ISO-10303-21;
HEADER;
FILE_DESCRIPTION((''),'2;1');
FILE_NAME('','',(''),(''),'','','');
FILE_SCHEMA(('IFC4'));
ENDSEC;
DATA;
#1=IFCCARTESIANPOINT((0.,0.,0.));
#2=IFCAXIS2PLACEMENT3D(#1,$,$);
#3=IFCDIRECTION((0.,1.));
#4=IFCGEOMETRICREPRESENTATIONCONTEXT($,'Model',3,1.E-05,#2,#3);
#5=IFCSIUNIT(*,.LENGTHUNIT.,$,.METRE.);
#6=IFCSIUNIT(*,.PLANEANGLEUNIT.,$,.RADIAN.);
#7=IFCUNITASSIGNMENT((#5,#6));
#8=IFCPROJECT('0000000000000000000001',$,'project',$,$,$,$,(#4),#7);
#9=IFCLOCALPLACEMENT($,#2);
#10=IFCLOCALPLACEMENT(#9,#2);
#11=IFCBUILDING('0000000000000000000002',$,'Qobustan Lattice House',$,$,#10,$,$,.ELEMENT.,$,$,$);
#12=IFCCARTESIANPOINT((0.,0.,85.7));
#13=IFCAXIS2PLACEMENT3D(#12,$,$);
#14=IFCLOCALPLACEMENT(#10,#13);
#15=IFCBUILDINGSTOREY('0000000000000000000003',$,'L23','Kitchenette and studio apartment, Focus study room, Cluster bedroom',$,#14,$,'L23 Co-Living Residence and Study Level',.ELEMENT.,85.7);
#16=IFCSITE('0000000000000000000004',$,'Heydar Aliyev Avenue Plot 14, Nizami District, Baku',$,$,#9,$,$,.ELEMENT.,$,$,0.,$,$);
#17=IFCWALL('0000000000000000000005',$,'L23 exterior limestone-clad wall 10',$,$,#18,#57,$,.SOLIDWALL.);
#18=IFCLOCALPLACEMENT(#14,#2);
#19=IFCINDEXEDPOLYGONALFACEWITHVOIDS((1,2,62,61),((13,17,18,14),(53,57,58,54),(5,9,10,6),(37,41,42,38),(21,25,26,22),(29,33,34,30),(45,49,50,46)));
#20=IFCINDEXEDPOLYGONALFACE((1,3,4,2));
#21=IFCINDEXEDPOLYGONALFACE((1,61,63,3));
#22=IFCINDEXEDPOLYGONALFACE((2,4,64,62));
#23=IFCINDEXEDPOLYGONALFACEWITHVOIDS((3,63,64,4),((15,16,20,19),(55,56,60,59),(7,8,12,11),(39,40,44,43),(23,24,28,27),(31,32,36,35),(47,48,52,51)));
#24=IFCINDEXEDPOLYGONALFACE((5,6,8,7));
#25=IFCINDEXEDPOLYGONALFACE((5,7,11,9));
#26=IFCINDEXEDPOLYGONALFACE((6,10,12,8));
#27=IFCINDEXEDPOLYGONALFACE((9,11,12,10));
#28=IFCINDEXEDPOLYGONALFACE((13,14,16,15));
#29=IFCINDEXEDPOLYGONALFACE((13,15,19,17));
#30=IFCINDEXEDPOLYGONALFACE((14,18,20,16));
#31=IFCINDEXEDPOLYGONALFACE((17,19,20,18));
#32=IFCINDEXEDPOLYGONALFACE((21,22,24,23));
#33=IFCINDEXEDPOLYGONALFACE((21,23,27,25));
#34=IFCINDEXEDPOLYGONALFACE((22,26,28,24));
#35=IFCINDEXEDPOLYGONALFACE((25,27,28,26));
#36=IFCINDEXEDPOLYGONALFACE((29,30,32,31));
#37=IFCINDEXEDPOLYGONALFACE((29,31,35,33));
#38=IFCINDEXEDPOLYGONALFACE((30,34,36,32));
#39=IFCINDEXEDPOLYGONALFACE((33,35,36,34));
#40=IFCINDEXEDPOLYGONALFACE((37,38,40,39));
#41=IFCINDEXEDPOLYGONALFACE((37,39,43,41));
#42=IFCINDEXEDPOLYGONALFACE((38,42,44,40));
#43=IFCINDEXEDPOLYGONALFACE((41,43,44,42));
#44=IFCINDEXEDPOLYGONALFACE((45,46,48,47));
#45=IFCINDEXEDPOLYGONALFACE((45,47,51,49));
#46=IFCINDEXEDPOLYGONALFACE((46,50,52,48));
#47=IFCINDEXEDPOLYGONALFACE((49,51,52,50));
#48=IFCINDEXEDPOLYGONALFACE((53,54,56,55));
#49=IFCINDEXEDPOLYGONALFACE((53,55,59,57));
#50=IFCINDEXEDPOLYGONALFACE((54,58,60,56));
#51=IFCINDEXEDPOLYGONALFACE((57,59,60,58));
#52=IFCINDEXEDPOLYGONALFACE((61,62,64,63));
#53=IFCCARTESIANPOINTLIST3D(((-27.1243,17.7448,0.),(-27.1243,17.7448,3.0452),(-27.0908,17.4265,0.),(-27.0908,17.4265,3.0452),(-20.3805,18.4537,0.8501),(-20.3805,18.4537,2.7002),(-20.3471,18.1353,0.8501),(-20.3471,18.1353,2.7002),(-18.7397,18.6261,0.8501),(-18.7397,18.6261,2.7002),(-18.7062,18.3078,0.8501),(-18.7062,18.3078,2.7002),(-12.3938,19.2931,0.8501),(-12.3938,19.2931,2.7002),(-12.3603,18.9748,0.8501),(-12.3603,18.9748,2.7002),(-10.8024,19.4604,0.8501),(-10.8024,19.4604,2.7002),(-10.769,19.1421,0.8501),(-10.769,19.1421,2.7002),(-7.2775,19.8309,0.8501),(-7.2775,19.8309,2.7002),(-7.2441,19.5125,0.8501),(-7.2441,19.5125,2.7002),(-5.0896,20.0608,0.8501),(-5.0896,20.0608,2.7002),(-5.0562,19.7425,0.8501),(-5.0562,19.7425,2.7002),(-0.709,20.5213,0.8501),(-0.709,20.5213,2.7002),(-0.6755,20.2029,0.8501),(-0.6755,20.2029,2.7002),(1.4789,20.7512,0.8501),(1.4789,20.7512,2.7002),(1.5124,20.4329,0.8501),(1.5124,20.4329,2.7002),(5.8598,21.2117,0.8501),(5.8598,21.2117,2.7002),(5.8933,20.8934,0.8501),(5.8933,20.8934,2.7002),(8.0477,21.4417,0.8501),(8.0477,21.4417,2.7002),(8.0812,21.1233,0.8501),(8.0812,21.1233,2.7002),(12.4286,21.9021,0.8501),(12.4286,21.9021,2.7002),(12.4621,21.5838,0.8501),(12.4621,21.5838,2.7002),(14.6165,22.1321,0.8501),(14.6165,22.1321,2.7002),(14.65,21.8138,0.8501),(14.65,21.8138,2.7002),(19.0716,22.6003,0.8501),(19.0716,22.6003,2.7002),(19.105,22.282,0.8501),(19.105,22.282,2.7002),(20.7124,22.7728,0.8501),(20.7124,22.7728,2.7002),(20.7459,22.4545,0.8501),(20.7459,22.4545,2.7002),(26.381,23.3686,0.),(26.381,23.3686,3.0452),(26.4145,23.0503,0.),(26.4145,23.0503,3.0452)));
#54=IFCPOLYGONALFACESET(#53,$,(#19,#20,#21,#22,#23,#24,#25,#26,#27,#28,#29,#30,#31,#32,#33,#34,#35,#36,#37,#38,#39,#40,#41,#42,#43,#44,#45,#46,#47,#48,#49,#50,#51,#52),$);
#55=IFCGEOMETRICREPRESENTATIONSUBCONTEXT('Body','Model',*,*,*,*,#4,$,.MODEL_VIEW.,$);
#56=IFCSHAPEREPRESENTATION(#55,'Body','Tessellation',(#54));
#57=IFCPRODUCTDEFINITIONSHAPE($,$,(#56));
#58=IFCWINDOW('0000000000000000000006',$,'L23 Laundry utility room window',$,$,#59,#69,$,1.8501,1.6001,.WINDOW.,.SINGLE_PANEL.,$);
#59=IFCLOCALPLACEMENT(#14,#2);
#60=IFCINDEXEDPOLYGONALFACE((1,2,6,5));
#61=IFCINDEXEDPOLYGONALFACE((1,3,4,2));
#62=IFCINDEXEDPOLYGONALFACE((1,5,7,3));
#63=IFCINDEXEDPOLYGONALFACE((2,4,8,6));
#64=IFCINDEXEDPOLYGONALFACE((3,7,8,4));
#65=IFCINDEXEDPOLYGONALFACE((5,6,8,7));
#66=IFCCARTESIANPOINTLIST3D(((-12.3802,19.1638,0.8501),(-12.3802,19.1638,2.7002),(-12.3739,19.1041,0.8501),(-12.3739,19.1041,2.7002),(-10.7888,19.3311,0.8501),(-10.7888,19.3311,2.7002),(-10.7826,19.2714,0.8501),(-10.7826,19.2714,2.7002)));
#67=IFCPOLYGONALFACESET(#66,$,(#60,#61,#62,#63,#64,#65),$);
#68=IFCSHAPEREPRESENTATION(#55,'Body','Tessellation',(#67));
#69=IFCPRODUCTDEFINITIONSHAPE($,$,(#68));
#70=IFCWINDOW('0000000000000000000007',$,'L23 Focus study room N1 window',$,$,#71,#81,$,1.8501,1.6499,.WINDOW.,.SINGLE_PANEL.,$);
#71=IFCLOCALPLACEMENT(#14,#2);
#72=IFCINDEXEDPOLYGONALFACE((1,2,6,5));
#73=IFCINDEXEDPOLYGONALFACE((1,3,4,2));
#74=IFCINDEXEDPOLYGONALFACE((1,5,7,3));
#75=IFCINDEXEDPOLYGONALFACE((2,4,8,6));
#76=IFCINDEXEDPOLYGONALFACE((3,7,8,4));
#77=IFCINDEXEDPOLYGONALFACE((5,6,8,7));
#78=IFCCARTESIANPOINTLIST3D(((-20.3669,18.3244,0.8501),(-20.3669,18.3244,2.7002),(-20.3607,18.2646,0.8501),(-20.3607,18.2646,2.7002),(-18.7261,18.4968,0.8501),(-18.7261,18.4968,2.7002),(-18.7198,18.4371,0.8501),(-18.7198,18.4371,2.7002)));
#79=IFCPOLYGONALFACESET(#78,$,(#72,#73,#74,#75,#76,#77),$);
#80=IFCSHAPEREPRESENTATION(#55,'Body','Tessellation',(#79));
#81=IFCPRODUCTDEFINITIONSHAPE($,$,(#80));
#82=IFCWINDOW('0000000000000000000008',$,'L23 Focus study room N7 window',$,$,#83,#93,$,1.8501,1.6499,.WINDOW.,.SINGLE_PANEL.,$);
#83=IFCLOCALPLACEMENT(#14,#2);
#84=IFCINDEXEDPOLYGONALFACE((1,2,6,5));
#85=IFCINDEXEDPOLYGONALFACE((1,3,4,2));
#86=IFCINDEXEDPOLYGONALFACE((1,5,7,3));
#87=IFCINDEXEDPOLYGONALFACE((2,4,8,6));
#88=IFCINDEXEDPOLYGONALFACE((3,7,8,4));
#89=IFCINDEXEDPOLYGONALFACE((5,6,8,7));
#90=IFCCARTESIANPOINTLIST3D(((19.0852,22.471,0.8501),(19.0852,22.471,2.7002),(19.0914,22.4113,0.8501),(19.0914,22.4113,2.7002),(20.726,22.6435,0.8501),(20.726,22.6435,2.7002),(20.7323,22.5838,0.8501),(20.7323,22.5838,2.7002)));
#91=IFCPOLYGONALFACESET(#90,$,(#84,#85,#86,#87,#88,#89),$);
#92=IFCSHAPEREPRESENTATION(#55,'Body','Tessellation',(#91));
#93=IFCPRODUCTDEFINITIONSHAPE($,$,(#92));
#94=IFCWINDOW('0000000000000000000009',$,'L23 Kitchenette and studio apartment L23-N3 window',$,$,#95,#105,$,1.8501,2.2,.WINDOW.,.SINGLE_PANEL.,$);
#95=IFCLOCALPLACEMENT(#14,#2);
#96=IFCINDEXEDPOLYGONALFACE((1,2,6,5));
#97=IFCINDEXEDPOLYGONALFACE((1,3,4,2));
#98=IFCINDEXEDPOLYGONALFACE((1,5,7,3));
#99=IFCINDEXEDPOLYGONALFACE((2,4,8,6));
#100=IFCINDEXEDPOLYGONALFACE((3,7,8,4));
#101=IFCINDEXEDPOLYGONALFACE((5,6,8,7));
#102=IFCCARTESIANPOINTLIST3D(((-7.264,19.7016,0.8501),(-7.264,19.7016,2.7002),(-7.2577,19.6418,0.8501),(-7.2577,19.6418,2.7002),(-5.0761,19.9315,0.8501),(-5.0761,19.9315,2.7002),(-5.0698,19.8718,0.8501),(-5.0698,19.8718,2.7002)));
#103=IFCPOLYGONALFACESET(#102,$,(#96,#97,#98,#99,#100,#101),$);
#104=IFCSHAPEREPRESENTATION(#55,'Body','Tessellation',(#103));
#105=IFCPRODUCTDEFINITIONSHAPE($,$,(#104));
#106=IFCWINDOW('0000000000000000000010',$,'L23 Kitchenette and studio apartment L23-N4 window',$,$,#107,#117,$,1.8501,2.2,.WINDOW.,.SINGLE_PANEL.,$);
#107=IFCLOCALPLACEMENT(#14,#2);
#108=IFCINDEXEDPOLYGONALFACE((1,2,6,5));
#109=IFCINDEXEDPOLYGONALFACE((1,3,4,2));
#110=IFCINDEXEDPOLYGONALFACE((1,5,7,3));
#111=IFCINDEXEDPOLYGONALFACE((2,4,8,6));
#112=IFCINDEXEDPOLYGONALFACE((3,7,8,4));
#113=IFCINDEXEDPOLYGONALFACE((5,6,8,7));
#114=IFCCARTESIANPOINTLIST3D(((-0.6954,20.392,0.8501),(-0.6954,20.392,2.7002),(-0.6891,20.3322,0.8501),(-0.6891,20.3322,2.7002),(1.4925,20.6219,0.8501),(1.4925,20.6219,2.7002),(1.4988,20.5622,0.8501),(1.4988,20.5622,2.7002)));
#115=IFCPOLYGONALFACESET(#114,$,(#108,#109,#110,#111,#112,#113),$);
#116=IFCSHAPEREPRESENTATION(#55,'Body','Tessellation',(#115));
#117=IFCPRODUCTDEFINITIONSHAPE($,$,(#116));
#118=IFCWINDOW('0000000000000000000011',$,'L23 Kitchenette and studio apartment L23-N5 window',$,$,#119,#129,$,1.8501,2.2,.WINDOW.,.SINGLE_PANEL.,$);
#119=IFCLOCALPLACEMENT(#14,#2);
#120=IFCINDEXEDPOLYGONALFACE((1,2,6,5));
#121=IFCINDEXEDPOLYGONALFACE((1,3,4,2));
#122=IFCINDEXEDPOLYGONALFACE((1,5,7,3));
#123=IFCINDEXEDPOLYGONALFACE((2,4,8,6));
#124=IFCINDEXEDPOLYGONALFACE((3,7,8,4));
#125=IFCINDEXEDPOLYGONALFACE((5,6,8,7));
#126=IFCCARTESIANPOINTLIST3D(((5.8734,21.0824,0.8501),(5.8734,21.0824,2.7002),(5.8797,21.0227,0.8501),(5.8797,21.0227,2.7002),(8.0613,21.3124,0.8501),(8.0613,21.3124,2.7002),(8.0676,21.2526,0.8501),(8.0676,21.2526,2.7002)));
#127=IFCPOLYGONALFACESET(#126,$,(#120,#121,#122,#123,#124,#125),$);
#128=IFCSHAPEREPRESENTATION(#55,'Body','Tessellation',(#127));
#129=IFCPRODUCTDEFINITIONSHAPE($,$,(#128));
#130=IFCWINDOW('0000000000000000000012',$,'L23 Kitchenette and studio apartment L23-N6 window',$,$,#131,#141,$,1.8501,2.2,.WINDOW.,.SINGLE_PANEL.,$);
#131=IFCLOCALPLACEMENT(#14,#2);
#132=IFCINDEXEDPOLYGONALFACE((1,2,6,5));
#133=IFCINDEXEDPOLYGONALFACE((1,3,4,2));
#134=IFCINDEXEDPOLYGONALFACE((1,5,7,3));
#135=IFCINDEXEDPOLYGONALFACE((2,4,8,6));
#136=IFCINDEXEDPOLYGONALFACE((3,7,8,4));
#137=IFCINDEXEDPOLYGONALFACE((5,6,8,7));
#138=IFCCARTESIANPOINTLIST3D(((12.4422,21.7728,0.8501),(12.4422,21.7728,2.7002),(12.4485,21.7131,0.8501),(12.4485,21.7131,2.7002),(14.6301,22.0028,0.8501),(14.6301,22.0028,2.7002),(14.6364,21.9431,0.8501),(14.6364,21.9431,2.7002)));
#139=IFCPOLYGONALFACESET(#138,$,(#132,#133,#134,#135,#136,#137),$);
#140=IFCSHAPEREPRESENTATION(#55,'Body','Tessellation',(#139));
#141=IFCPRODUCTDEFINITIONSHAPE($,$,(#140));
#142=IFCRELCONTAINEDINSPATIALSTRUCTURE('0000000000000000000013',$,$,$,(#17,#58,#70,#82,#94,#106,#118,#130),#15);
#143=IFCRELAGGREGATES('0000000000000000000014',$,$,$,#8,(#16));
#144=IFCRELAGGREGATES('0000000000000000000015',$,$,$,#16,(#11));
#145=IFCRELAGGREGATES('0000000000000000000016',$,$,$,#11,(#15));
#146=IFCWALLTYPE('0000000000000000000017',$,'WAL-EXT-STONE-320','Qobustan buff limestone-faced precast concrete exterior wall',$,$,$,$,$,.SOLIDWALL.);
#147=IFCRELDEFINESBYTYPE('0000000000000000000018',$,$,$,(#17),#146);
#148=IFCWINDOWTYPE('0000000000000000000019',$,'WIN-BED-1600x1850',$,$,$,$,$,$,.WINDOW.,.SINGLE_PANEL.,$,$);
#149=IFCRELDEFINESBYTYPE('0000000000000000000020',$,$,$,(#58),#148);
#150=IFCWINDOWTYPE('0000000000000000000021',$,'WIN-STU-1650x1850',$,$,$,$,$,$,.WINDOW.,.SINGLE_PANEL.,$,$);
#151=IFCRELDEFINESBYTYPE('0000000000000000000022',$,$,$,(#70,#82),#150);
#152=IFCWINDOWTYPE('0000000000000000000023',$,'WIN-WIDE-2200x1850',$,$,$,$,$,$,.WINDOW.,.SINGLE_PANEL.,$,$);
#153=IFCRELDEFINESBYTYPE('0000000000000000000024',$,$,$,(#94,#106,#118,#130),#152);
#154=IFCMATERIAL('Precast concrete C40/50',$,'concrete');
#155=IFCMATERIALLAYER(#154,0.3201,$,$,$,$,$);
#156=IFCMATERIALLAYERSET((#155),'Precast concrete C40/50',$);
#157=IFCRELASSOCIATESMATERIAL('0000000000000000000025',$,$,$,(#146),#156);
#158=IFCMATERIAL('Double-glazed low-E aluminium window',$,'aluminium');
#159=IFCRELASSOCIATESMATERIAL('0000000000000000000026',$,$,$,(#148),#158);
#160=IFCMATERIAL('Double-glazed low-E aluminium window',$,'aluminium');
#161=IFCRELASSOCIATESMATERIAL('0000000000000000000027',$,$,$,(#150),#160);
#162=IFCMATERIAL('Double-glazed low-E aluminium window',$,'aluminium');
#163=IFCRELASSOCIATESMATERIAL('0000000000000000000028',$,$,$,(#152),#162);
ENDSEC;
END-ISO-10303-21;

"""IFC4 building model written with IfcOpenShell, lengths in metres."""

from ifc_helpers import new_model, si_unit, direction, frame, frame_2d, origin, place, context, subcontext, project, spatial, rectangle, extrude, material, layer, layer_set, type_object, element, fill, save


model = new_model("IFC4")

# Units and contexts
model_context = context("Model", 3, precision=1e-05, world=origin(), true_north=direction((0.0, 1.0)))
body_context = subcontext(model_context, "Body", "Model", "MODEL_VIEW")
ifc_project = project(units=[si_unit("LENGTHUNIT", "METRE"), si_unit("PLANEANGLEUNIT", "RADIAN")], contexts=[model_context])

# Site, building, storey
site_placement = place(None, origin())
site = spatial("IfcSite", under=ifc_project, at=site_placement, Name="Heydar Aliyev Avenue Plot 14, Nizami District, Baku", CompositionType="ELEMENT", RefElevation=0.0)
building_placement = place(site_placement, origin())
building = spatial("IfcBuilding", under=site, at=building_placement, Name="Qobustan Lattice House", CompositionType="ELEMENT")
storey_placement = place(building_placement, frame((0.0, 0.0, 85.7)))
storey = spatial("IfcBuildingStorey", under=building, at=storey_placement, Name="L23", Description="Kitchenette and studio apartment, Focus study room, Cluster bedroom", LongName="L23 Co-Living Residence and Study Level", CompositionType="ELEMENT", Elevation=85.7)

# Shared definitions
ifc_material_1 = material(Name="Precast concrete C40/50", Category="concrete")
ifc_layer_1 = layer(ifc_material_1, 0.3201)
ifc_layer_set_1 = layer_set([ifc_layer_1], Name="Precast concrete C40/50")
wall_type = type_object("IfcWallType", Name="WAL-EXT-STONE-320", Description="Qobustan buff limestone-faced precast concrete exterior wall", PredefinedType="SOLIDWALL", material=ifc_layer_set_1)

# Wall, openings, windows
wall_placement = place(storey_placement, frame((-27.1074, 17.5857, 0.0), z_axis=(0.0, 0.0, 1.0), x_axis=(0.994522, 0.104531, 0.0)))
wall = element("IfcWall", 1, at=wall_placement, inside=storey, type_object=wall_type, Name="L23 exterior limestone-clad wall 10", PredefinedType="SOLIDWALL", context=body_context, shape_type="SweptSolid", body=[
    extrude(rectangle(XDim=53.8, YDim=0.3201, at=frame_2d((26.8999, 0.0))), origin(), (0.0, 0.0, 1.0), 3.0452),
])
opening_1_placement = place(wall_placement, frame((6.7808, 0.0, 0.8501)))
opening_1 = element("IfcOpeningElement", 2, at=opening_1_placement, cuts=wall, PredefinedType="OPENING", context=body_context, shape_type="SweptSolid", body=[
    extrude(rectangle(XDim=1.6499, YDim=1.8501, at=frame_2d((0.825, 0.925))), frame((0.0, 0.1699, 0.0), z_axis=(0.0, -1.0, 0.0), x_axis=(1.0, 0.0, 0.0)), (0.0, 0.0, 1.0), 0.3401),
])
opening_2_placement = place(wall_placement, frame((14.8115, 0.0, 0.8501)))
opening_2 = element("IfcOpeningElement", 3, at=opening_2_placement, cuts=wall, PredefinedType="OPENING", context=body_context, shape_type="SweptSolid", body=[
    extrude(rectangle(XDim=1.6001, YDim=1.8501, at=frame_2d((0.8, 0.925))), frame((0.0, 0.1699, 0.0), z_axis=(0.0, -1.0, 0.0), x_axis=(1.0, 0.0, 0.0)), (0.0, 0.0, 1.0), 0.3401),
])
opening_3_placement = place(wall_placement, frame((19.9558, 0.0, 0.8501)))
opening_3 = element("IfcOpeningElement", 4, at=opening_3_placement, cuts=wall, PredefinedType="OPENING", context=body_context, shape_type="SweptSolid", body=[
    extrude(rectangle(XDim=2.2, YDim=1.8501, at=frame_2d((1.1001, 0.925))), frame((0.0, 0.1699, 0.0), z_axis=(0.0, -1.0, 0.0), x_axis=(1.0, 0.0, 0.0)), (0.0, 0.0, 1.0), 0.3401),
])
opening_4_placement = place(wall_placement, frame((26.5605, 0.0, 0.8501)))
opening_4 = element("IfcOpeningElement", 5, at=opening_4_placement, cuts=wall, PredefinedType="OPENING", context=body_context, shape_type="SweptSolid", body=[
    extrude(rectangle(XDim=2.2, YDim=1.8501, at=frame_2d((1.1001, 0.925))), frame((0.0, 0.1699, 0.0), z_axis=(0.0, -1.0, 0.0), x_axis=(1.0, 0.0, 0.0)), (0.0, 0.0, 1.0), 0.3401),
])
opening_5_placement = place(wall_placement, frame((33.1655, 0.0, 0.8501)))
opening_5 = element("IfcOpeningElement", 6, at=opening_5_placement, cuts=wall, PredefinedType="OPENING", context=body_context, shape_type="SweptSolid", body=[
    extrude(rectangle(XDim=2.2, YDim=1.8501, at=frame_2d((1.1001, 0.925))), frame((0.0, 0.1699, 0.0), z_axis=(0.0, -1.0, 0.0), x_axis=(1.0, 0.0, 0.0)), (0.0, 0.0, 1.0), 0.3401),
])
opening_6_placement = place(wall_placement, frame((39.7705, 0.0, 0.8501)))
opening_6 = element("IfcOpeningElement", 7, at=opening_6_placement, cuts=wall, PredefinedType="OPENING", context=body_context, shape_type="SweptSolid", body=[
    extrude(rectangle(XDim=2.2, YDim=1.8501, at=frame_2d((1.1001, 0.925))), frame((0.0, 0.1699, 0.0), z_axis=(0.0, -1.0, 0.0), x_axis=(1.0, 0.0, 0.0)), (0.0, 0.0, 1.0), 0.3401),
])
opening_7_placement = place(wall_placement, frame((46.4502, 0.0, 0.8501)))
opening_7 = element("IfcOpeningElement", 8, at=opening_7_placement, cuts=wall, PredefinedType="OPENING", context=body_context, shape_type="SweptSolid", body=[
    extrude(rectangle(XDim=1.6499, YDim=1.8501, at=frame_2d((0.825, 0.925))), frame((0.0, 0.1699, 0.0), z_axis=(0.0, -1.0, 0.0), x_axis=(1.0, 0.0, 0.0)), (0.0, 0.0, 1.0), 0.3401),
])
ifc_material_2 = material(Name="Double-glazed low-E aluminium window", Category="aluminium")
window_type_1 = type_object("IfcWindowType", Name="WIN-BED-1600x1850", PartitioningType="SINGLE_PANEL", PredefinedType="WINDOW", material=ifc_material_2)
window_1_placement = place(opening_2_placement, origin())
window_1 = element("IfcWindow", 9, at=window_1_placement, inside=storey, type_object=window_type_1, Name="L23 Laundry utility room window", OverallHeight=1.8501, OverallWidth=1.6001, PartitioningType="SINGLE_PANEL", PredefinedType="WINDOW", context=body_context, shape_type="SweptSolid", body=[
    extrude(rectangle(XDim=1.6001, YDim=1.8501, at=frame_2d((0.8, 0.925))), frame((0.0, 0.03, 0.0), z_axis=(0.0, -1.0, 0.0), x_axis=(1.0, 0.0, 0.0)), (0.0, 0.0, 1.0), 0.0601),
])
fill(opening_2, window_1)
ifc_material_3 = material(Name="Double-glazed low-E aluminium window", Category="aluminium")
window_type_2 = type_object("IfcWindowType", Name="WIN-STU-1650x1850", PartitioningType="SINGLE_PANEL", PredefinedType="WINDOW", material=ifc_material_3)
window_2_placement = place(opening_1_placement, origin())
window_2 = element("IfcWindow", 10, at=window_2_placement, inside=storey, type_object=window_type_2, Name="L23 Focus study room N1 window", OverallHeight=1.8501, OverallWidth=1.6499, PartitioningType="SINGLE_PANEL", PredefinedType="WINDOW", context=body_context, shape_type="SweptSolid", body=[
    extrude(rectangle(XDim=1.6499, YDim=1.8501, at=frame_2d((0.825, 0.925))), frame((0.0, 0.03, 0.0), z_axis=(0.0, -1.0, 0.0), x_axis=(1.0, 0.0, 0.0)), (0.0, 0.0, 1.0), 0.0601),
])
fill(opening_1, window_2)
window_3_placement = place(opening_7_placement, origin())
window_3 = element("IfcWindow", 11, at=window_3_placement, inside=storey, type_object=window_type_2, Name="L23 Focus study room N7 window", OverallHeight=1.8501, OverallWidth=1.6499, PartitioningType="SINGLE_PANEL", PredefinedType="WINDOW", context=body_context, shape_type="SweptSolid", body=[
    extrude(rectangle(XDim=1.6499, YDim=1.8501, at=frame_2d((0.825, 0.925))), frame((0.0, 0.03, 0.0), z_axis=(0.0, -1.0, 0.0), x_axis=(1.0, 0.0, 0.0)), (0.0, 0.0, 1.0), 0.0601),
])
fill(opening_7, window_3)
ifc_material_4 = material(Name="Double-glazed low-E aluminium window", Category="aluminium")
window_type_3 = type_object("IfcWindowType", Name="WIN-WIDE-2200x1850", PartitioningType="SINGLE_PANEL", PredefinedType="WINDOW", material=ifc_material_4)
window_4_placement = place(opening_3_placement, origin())
window_4 = element("IfcWindow", 12, at=window_4_placement, inside=storey, type_object=window_type_3, Name="L23 Kitchenette and studio apartment L23-N3 window", OverallHeight=1.8501, OverallWidth=2.2, PartitioningType="SINGLE_PANEL", PredefinedType="WINDOW", context=body_context, shape_type="SweptSolid", body=[
    extrude(rectangle(XDim=2.2, YDim=1.8501, at=frame_2d((1.1001, 0.925))), frame((0.0, 0.03, 0.0), z_axis=(0.0, -1.0, 0.0), x_axis=(1.0, 0.0, 0.0)), (0.0, 0.0, 1.0), 0.0601),
])
fill(opening_3, window_4)
window_5_placement = place(opening_4_placement, origin())
window_5 = element("IfcWindow", 13, at=window_5_placement, inside=storey, type_object=window_type_3, Name="L23 Kitchenette and studio apartment L23-N4 window", OverallHeight=1.8501, OverallWidth=2.2, PartitioningType="SINGLE_PANEL", PredefinedType="WINDOW", context=body_context, shape_type="SweptSolid", body=[
    extrude(rectangle(XDim=2.2, YDim=1.8501, at=frame_2d((1.1001, 0.925))), frame((0.0, 0.03, 0.0), z_axis=(0.0, -1.0, 0.0), x_axis=(1.0, 0.0, 0.0)), (0.0, 0.0, 1.0), 0.0601),
])
fill(opening_4, window_5)
window_6_placement = place(opening_5_placement, origin())
window_6 = element("IfcWindow", 14, at=window_6_placement, inside=storey, type_object=window_type_3, Name="L23 Kitchenette and studio apartment L23-N5 window", OverallHeight=1.8501, OverallWidth=2.2, PartitioningType="SINGLE_PANEL", PredefinedType="WINDOW", context=body_context, shape_type="SweptSolid", body=[
    extrude(rectangle(XDim=2.2, YDim=1.8501, at=frame_2d((1.1001, 0.925))), frame((0.0, 0.03, 0.0), z_axis=(0.0, -1.0, 0.0), x_axis=(1.0, 0.0, 0.0)), (0.0, 0.0, 1.0), 0.0601),
])
fill(opening_5, window_6)
window_7_placement = place(opening_6_placement, origin())
window_7 = element("IfcWindow", 15, at=window_7_placement, inside=storey, type_object=window_type_3, Name="L23 Kitchenette and studio apartment L23-N6 window", OverallHeight=1.8501, OverallWidth=2.2, PartitioningType="SINGLE_PANEL", PredefinedType="WINDOW", context=body_context, shape_type="SweptSolid", body=[
    extrude(rectangle(XDim=2.2, YDim=1.8501, at=frame_2d((1.1001, 0.925))), frame((0.0, 0.03, 0.0), z_axis=(0.0, -1.0, 0.0), x_axis=(1.0, 0.0, 0.0)), (0.0, 0.0, 1.0), 0.0601),
])
fill(opening_6, window_7)

save(model, "model.ifc")
